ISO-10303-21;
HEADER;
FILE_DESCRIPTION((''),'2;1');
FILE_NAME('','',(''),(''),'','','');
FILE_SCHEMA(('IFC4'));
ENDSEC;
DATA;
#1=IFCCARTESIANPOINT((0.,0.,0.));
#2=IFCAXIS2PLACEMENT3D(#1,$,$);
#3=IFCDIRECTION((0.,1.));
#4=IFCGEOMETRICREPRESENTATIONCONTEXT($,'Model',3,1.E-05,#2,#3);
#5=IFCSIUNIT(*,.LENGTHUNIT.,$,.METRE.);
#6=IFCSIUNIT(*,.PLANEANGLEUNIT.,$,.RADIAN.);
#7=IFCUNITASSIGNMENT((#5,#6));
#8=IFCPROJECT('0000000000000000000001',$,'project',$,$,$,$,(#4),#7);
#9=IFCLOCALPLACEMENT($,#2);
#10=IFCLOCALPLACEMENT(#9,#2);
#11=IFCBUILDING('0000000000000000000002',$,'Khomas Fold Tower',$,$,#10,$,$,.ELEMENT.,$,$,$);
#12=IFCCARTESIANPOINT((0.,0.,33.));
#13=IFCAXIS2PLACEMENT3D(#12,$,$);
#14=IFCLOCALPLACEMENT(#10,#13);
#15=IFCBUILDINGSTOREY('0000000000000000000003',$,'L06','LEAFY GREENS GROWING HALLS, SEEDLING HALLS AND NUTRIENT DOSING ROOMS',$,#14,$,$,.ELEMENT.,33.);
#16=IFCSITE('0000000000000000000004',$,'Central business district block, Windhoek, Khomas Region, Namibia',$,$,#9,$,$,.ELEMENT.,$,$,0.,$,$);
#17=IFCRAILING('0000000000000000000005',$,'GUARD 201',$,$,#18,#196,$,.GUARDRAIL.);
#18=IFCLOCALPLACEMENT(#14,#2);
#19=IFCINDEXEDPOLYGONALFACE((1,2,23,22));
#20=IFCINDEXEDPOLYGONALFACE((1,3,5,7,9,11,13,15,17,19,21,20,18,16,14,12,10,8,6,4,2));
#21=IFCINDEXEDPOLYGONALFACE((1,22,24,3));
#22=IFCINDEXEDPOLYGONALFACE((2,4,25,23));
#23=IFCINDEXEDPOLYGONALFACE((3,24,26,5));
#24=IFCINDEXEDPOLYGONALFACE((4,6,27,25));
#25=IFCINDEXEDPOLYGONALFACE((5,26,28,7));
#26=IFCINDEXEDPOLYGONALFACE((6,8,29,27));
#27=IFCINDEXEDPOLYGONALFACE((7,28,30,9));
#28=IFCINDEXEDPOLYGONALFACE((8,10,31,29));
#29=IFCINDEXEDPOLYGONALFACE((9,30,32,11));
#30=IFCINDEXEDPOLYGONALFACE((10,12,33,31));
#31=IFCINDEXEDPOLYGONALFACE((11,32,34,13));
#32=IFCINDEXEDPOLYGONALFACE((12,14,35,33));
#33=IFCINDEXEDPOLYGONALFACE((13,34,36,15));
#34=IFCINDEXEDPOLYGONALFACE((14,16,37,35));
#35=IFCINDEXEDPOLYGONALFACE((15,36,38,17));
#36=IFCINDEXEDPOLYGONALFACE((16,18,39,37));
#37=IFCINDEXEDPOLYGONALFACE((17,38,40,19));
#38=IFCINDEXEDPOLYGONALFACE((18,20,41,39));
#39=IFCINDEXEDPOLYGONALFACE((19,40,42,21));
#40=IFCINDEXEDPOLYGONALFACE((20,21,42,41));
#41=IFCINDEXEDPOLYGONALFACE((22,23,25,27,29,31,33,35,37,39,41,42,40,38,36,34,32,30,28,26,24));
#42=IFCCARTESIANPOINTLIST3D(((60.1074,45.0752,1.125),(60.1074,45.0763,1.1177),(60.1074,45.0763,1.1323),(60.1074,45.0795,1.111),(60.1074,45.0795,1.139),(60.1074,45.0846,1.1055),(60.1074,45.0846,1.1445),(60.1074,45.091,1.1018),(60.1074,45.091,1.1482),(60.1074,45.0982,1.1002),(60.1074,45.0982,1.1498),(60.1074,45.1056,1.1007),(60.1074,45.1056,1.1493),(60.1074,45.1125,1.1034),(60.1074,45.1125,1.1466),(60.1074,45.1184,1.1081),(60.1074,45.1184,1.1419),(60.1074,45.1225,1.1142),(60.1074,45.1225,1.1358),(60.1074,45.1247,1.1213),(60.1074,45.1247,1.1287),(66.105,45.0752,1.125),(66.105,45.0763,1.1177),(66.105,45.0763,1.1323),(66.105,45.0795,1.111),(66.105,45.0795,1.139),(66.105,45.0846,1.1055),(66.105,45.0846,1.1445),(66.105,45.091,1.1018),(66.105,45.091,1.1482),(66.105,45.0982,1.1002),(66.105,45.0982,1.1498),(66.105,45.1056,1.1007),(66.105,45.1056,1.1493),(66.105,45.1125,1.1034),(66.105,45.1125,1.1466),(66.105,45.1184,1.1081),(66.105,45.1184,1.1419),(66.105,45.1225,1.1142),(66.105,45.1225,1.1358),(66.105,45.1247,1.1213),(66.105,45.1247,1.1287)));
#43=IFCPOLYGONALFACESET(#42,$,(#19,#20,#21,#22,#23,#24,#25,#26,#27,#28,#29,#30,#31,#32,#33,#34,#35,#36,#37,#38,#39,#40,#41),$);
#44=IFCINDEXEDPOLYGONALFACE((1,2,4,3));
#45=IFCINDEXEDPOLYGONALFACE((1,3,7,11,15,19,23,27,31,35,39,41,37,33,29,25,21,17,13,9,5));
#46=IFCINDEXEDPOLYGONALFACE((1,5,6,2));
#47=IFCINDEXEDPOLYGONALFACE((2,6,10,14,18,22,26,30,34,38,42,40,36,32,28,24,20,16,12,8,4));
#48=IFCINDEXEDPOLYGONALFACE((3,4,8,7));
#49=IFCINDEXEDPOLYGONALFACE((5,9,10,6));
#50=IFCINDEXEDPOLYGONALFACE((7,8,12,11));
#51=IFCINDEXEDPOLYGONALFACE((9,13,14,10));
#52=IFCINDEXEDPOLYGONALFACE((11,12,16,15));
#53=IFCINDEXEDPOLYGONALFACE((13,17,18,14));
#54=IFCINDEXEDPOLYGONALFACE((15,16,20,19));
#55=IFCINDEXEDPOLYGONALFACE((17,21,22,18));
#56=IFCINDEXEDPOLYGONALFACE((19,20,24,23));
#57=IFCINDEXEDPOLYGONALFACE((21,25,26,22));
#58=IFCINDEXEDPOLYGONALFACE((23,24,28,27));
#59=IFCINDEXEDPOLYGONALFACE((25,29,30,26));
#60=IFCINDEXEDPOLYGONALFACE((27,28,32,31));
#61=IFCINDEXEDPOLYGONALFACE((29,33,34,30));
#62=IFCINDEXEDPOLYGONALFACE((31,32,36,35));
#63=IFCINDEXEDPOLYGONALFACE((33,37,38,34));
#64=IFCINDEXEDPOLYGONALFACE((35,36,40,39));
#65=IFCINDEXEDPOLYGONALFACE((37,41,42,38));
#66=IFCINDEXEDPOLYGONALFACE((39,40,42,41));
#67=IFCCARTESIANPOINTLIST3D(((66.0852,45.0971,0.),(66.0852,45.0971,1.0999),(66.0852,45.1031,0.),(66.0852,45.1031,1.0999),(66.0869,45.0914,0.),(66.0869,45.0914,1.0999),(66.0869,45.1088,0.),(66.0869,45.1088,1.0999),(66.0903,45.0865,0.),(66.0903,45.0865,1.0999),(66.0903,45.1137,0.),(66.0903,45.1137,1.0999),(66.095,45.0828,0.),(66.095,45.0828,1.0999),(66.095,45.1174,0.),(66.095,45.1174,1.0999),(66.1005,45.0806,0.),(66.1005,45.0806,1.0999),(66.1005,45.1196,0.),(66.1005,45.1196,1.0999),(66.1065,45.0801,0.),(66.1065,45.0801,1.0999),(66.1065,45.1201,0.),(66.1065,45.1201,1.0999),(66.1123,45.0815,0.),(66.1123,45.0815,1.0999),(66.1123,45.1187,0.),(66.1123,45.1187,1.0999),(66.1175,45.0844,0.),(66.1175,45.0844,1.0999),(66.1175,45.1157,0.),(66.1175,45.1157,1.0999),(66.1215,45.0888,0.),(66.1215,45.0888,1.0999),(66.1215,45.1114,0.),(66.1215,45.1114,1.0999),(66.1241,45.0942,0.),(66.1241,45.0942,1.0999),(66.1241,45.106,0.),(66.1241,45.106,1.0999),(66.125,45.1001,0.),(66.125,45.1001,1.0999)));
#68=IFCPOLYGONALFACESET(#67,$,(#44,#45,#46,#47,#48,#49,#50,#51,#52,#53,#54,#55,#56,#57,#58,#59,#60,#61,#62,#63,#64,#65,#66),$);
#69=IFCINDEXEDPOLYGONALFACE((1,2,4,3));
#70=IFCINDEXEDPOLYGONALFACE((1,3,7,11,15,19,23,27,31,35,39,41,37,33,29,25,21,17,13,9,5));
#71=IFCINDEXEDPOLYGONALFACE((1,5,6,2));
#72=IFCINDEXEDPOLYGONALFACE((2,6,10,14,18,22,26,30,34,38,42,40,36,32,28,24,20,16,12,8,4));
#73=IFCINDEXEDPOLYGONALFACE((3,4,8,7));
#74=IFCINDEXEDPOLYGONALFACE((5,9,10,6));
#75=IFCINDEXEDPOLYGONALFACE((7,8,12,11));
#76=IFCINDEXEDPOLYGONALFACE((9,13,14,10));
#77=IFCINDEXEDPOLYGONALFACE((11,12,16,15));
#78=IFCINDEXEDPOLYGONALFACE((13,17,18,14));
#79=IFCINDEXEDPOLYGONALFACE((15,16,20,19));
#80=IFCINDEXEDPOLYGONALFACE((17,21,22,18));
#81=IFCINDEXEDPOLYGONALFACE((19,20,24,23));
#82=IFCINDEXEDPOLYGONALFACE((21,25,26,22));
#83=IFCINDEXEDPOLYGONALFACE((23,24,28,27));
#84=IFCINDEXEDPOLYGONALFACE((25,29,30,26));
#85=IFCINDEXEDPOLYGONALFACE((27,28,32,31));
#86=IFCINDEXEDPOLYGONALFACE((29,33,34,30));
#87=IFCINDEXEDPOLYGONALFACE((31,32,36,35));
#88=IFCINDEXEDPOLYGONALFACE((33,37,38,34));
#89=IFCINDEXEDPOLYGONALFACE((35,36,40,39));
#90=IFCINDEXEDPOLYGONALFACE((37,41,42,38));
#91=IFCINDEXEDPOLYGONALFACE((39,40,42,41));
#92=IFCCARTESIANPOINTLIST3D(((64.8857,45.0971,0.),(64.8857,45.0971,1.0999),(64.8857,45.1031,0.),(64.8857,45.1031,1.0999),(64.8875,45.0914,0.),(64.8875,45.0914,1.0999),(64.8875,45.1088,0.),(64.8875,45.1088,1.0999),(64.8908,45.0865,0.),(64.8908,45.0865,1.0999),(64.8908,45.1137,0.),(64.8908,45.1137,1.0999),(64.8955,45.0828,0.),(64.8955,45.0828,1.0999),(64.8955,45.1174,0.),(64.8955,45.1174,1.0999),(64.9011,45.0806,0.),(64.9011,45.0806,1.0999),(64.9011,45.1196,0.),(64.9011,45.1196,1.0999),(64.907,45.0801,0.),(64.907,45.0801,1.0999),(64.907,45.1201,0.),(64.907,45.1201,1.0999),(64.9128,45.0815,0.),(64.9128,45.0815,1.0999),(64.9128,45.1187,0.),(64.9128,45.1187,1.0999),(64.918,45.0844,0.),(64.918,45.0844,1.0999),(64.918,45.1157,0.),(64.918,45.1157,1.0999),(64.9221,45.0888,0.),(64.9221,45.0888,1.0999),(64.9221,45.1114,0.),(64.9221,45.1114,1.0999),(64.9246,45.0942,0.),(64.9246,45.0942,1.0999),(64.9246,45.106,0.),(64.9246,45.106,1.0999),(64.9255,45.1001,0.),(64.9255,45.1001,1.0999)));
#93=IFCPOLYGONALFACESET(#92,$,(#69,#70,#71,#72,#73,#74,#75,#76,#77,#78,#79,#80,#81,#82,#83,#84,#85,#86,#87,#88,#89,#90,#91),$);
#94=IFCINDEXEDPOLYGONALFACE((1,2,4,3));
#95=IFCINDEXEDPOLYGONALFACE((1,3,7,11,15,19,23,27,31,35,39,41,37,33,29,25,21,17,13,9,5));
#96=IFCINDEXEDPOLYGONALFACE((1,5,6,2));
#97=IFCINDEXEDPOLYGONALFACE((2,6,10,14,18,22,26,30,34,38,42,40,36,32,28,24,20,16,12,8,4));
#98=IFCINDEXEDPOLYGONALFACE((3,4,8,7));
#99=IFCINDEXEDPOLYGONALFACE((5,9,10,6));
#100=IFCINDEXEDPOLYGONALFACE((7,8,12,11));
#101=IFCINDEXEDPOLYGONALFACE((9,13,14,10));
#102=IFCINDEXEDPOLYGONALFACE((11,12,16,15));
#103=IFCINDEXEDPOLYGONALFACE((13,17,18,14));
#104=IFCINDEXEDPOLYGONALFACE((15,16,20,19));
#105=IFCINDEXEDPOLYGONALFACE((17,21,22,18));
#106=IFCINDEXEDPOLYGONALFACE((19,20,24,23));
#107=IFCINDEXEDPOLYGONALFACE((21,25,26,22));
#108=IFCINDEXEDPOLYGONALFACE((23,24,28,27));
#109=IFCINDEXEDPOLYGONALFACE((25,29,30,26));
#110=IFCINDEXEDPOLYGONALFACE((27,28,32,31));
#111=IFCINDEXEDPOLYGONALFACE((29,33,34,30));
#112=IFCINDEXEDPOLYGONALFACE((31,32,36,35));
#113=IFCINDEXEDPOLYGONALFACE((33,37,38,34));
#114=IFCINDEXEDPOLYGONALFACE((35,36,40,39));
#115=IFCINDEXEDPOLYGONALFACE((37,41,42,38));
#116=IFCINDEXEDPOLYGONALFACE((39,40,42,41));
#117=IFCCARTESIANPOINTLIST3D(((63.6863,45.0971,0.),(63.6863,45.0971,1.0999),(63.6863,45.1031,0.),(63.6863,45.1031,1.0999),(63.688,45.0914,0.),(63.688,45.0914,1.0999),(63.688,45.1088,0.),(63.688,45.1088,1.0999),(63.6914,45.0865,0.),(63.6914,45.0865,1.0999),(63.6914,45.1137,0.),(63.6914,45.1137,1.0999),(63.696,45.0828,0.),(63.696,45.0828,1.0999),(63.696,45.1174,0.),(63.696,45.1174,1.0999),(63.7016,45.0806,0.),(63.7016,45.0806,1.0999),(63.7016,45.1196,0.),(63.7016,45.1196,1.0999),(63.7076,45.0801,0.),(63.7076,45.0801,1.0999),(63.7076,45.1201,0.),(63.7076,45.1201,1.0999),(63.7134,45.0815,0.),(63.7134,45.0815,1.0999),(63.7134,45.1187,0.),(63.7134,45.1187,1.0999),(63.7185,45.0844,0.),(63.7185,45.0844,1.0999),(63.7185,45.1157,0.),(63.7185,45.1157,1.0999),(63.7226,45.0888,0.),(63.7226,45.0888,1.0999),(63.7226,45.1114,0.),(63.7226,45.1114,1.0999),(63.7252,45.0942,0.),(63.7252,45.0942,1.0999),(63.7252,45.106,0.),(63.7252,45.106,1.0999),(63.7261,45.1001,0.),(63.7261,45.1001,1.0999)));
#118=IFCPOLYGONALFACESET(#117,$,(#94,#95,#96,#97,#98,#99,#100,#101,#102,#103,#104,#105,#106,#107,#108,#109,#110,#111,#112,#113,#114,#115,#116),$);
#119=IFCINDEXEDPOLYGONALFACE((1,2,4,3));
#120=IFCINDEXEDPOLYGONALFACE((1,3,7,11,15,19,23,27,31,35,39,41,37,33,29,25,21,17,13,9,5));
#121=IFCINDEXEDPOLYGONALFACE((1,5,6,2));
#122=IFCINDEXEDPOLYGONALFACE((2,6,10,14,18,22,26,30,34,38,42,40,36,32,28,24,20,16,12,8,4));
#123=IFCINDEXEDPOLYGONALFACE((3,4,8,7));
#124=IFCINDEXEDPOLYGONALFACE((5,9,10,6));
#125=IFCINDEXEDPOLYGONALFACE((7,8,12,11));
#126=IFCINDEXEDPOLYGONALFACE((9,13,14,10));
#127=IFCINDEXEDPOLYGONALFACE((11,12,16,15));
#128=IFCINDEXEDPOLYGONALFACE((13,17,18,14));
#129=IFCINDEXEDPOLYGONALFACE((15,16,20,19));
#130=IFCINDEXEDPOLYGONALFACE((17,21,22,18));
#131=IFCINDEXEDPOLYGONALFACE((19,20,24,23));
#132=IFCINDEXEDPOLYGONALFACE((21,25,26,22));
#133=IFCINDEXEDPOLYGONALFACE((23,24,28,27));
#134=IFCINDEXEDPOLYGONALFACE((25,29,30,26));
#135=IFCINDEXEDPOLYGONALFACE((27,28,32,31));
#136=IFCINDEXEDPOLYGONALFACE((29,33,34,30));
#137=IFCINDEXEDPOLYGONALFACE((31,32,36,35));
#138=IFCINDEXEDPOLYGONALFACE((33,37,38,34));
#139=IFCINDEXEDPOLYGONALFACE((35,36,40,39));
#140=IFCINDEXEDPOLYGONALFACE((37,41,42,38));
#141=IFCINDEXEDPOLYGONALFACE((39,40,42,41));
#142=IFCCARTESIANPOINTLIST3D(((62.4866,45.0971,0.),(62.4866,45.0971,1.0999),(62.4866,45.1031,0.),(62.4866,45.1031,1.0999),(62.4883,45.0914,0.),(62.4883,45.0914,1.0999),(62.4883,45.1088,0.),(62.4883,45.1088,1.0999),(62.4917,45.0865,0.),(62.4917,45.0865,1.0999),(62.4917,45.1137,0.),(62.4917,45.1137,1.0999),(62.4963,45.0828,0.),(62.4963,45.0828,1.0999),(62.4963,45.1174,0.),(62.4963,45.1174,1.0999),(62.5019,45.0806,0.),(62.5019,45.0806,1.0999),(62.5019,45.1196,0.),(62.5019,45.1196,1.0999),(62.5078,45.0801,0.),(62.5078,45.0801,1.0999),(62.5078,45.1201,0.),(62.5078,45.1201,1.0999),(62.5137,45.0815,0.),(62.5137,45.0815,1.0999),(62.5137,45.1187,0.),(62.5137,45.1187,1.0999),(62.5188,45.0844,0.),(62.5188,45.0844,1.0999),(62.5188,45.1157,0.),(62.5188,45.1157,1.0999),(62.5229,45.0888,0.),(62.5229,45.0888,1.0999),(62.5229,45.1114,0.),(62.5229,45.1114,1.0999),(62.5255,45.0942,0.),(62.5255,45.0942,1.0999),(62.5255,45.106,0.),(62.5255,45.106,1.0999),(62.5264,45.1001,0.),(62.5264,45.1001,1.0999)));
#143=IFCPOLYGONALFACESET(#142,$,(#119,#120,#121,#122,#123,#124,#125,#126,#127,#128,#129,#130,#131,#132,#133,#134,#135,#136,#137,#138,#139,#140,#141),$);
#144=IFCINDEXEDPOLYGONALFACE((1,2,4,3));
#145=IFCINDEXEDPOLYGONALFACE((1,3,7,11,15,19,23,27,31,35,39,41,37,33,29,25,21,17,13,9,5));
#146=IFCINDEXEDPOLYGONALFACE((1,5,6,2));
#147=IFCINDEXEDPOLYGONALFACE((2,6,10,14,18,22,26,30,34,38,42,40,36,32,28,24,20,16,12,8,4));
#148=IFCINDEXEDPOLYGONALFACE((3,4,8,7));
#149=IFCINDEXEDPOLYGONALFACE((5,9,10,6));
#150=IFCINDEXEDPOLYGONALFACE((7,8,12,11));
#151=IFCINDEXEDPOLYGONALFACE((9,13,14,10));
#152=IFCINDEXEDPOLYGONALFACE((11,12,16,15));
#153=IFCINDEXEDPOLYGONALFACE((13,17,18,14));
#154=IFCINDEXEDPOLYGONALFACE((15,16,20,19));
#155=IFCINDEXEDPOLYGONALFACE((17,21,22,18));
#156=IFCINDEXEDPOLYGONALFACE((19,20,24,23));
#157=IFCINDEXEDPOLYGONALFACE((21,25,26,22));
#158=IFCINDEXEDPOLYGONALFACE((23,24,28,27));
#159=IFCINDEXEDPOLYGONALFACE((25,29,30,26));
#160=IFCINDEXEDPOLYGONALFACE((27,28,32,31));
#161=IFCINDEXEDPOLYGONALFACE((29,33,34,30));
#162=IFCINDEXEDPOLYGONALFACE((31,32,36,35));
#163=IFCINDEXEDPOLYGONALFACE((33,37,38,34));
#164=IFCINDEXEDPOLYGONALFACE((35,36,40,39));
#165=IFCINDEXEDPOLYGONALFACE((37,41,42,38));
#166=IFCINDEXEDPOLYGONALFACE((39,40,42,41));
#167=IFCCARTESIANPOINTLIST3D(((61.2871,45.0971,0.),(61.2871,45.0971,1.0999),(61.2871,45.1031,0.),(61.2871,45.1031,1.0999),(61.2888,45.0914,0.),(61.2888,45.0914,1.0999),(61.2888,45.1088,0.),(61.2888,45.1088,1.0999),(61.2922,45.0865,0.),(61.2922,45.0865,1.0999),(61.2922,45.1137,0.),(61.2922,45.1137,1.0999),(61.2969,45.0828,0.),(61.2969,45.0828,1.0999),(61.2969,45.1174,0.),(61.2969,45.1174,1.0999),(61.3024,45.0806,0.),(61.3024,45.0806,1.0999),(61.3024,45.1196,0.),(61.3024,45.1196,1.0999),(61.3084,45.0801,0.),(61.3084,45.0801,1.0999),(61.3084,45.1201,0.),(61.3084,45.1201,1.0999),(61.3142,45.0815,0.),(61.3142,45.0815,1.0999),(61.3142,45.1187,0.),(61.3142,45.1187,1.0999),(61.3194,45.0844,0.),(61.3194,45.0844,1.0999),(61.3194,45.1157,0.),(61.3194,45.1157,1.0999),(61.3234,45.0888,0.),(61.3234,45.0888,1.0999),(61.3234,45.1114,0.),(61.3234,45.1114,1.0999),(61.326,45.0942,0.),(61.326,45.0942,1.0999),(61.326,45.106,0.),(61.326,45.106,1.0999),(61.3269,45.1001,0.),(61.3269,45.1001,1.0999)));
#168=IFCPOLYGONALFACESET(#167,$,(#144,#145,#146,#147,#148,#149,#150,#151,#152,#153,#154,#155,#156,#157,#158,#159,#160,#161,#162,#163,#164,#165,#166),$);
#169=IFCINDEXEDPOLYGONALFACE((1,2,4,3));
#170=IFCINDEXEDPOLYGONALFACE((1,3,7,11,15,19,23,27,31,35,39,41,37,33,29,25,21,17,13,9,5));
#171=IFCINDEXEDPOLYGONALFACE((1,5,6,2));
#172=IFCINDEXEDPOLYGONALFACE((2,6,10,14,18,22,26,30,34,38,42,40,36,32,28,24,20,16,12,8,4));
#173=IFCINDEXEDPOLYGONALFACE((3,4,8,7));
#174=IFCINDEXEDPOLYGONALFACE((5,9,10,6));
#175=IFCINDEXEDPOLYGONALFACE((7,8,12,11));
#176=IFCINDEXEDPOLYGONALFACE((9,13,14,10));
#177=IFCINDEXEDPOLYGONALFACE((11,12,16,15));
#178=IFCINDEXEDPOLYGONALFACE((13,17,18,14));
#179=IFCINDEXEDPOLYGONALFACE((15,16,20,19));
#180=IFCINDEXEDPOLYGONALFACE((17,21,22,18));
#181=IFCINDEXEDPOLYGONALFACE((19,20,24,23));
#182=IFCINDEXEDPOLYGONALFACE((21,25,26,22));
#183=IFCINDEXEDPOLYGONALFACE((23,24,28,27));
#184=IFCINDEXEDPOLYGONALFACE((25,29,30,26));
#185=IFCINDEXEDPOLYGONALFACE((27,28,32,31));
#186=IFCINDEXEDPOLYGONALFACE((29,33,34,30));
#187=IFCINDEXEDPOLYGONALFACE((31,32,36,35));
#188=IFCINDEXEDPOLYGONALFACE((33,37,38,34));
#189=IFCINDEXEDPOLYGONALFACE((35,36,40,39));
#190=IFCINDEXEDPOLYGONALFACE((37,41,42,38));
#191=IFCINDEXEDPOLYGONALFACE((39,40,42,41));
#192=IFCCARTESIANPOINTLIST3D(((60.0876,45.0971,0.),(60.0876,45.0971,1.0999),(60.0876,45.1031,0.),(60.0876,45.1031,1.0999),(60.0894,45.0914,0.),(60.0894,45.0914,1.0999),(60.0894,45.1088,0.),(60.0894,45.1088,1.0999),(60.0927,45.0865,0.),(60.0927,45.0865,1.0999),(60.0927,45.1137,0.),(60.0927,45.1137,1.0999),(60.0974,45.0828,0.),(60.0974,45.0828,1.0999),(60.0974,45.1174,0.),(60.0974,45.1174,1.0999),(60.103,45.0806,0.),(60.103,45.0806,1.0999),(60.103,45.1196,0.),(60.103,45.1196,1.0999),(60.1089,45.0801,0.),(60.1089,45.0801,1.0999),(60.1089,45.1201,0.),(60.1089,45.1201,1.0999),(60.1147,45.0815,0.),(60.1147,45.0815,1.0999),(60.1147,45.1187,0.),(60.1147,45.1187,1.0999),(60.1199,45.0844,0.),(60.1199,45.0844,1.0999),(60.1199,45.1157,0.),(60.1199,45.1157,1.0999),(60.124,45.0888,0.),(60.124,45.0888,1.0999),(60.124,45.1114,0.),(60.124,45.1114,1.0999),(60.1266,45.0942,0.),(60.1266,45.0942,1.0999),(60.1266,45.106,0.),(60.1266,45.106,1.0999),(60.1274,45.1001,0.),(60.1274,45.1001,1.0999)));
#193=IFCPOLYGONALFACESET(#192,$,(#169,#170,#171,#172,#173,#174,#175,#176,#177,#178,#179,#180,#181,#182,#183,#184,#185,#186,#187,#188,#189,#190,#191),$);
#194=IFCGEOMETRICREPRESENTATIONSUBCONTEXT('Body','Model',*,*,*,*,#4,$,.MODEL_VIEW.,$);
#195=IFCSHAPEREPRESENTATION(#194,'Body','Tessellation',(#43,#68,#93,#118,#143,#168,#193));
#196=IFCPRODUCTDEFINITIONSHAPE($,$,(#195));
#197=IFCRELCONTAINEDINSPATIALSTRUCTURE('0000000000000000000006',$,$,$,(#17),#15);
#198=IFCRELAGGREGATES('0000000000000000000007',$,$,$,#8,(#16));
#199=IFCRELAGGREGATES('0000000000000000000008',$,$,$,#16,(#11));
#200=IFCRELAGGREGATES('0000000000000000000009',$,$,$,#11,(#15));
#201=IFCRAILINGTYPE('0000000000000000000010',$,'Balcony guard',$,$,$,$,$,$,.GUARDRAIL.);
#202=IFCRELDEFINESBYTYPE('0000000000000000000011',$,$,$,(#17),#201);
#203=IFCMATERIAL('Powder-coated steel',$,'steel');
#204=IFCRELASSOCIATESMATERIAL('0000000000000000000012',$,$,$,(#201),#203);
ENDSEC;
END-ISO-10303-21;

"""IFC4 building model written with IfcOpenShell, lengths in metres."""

from ifc_helpers import new_model, si_unit, direction, frame, origin, origin_2d, place, context, subcontext, project, spatial, circle, extrude, source, transform, mapped, material, type_object, element, save


model = new_model("IFC4")

# Units and contexts
model_context = context("Model", 3, precision=1e-05, world=origin(), true_north=direction((0.0, 1.0)))
body_context = subcontext(model_context, "Body", "Model", "MODEL_VIEW")
ifc_project = project(units=[si_unit("LENGTHUNIT", "METRE"), si_unit("PLANEANGLEUNIT", "RADIAN")], contexts=[model_context])

# Site, building, storey
site_placement = place(None, origin())
site = spatial("IfcSite", under=ifc_project, at=site_placement, Name="Central business district block, Windhoek, Khomas Region, Namibia", CompositionType="ELEMENT", RefElevation=0.0)
building_placement = place(site_placement, origin())
building = spatial("IfcBuilding", under=site, at=building_placement, Name="Khomas Fold Tower", CompositionType="ELEMENT")
storey_placement = place(building_placement, frame((0.0, 0.0, 33.0)))
storey = spatial("IfcBuildingStorey", under=building, at=storey_placement, Name="L06", Description="LEAFY GREENS GROWING HALLS, SEEDLING HALLS AND NUTRIENT DOSING ROOMS", CompositionType="ELEMENT", Elevation=33.0)

# Railing
ifc_material_1 = material(Name="Powder-coated steel", Category="steel")
railing_type = type_object("IfcRailingType", Name="Balcony guard", PredefinedType="GUARDRAIL", material=ifc_material_1)
shared_shape_1 = source(origin(), body_context, "Body", "SweptSolid", [
    extrude(circle(Radius=0.0249, at=origin_2d()), frame((0.0, 0.0, 1.125), z_axis=(-1.0, 0.0, 0.0), x_axis=(0.0, -1.0, 0.0)), (0.0, 0.0, 1.0), 5.9976),
    extrude(circle(Radius=0.02, at=origin_2d()), origin(), (0.0, 0.0, 1.0), 1.0999),
    extrude(circle(Radius=0.02, at=origin_2d()), frame((-1.1995, 0.0, 0.0)), (0.0, 0.0, 1.0), 1.0999),
    extrude(circle(Radius=0.02, at=origin_2d()), frame((-2.3989, 0.0, 0.0)), (0.0, 0.0, 1.0), 1.0999),
    extrude(circle(Radius=0.02, at=origin_2d()), frame((-3.5986, 0.0, 0.0)), (0.0, 0.0, 1.0), 1.0999),
    extrude(circle(Radius=0.02, at=origin_2d()), frame((-4.7981, 0.0, 0.0)), (0.0, 0.0, 1.0), 1.0999),
    extrude(circle(Radius=0.02, at=origin_2d()), frame((-5.9976, 0.0, 0.0)), (0.0, 0.0, 1.0), 1.0999),
])
railing_1_placement = place(storey_placement, frame((66.105, 45.1001, 0.0)))
element("IfcRailing", 1, at=railing_1_placement, inside=storey, type_object=railing_type, Name="GUARD 201", PredefinedType="GUARDRAIL", context=body_context, shape_type="MappedRepresentation", body=[
    mapped(shared_shape_1, transform((0.0, 0.0, 0.0))),
])

save(model, "model.ifc")
